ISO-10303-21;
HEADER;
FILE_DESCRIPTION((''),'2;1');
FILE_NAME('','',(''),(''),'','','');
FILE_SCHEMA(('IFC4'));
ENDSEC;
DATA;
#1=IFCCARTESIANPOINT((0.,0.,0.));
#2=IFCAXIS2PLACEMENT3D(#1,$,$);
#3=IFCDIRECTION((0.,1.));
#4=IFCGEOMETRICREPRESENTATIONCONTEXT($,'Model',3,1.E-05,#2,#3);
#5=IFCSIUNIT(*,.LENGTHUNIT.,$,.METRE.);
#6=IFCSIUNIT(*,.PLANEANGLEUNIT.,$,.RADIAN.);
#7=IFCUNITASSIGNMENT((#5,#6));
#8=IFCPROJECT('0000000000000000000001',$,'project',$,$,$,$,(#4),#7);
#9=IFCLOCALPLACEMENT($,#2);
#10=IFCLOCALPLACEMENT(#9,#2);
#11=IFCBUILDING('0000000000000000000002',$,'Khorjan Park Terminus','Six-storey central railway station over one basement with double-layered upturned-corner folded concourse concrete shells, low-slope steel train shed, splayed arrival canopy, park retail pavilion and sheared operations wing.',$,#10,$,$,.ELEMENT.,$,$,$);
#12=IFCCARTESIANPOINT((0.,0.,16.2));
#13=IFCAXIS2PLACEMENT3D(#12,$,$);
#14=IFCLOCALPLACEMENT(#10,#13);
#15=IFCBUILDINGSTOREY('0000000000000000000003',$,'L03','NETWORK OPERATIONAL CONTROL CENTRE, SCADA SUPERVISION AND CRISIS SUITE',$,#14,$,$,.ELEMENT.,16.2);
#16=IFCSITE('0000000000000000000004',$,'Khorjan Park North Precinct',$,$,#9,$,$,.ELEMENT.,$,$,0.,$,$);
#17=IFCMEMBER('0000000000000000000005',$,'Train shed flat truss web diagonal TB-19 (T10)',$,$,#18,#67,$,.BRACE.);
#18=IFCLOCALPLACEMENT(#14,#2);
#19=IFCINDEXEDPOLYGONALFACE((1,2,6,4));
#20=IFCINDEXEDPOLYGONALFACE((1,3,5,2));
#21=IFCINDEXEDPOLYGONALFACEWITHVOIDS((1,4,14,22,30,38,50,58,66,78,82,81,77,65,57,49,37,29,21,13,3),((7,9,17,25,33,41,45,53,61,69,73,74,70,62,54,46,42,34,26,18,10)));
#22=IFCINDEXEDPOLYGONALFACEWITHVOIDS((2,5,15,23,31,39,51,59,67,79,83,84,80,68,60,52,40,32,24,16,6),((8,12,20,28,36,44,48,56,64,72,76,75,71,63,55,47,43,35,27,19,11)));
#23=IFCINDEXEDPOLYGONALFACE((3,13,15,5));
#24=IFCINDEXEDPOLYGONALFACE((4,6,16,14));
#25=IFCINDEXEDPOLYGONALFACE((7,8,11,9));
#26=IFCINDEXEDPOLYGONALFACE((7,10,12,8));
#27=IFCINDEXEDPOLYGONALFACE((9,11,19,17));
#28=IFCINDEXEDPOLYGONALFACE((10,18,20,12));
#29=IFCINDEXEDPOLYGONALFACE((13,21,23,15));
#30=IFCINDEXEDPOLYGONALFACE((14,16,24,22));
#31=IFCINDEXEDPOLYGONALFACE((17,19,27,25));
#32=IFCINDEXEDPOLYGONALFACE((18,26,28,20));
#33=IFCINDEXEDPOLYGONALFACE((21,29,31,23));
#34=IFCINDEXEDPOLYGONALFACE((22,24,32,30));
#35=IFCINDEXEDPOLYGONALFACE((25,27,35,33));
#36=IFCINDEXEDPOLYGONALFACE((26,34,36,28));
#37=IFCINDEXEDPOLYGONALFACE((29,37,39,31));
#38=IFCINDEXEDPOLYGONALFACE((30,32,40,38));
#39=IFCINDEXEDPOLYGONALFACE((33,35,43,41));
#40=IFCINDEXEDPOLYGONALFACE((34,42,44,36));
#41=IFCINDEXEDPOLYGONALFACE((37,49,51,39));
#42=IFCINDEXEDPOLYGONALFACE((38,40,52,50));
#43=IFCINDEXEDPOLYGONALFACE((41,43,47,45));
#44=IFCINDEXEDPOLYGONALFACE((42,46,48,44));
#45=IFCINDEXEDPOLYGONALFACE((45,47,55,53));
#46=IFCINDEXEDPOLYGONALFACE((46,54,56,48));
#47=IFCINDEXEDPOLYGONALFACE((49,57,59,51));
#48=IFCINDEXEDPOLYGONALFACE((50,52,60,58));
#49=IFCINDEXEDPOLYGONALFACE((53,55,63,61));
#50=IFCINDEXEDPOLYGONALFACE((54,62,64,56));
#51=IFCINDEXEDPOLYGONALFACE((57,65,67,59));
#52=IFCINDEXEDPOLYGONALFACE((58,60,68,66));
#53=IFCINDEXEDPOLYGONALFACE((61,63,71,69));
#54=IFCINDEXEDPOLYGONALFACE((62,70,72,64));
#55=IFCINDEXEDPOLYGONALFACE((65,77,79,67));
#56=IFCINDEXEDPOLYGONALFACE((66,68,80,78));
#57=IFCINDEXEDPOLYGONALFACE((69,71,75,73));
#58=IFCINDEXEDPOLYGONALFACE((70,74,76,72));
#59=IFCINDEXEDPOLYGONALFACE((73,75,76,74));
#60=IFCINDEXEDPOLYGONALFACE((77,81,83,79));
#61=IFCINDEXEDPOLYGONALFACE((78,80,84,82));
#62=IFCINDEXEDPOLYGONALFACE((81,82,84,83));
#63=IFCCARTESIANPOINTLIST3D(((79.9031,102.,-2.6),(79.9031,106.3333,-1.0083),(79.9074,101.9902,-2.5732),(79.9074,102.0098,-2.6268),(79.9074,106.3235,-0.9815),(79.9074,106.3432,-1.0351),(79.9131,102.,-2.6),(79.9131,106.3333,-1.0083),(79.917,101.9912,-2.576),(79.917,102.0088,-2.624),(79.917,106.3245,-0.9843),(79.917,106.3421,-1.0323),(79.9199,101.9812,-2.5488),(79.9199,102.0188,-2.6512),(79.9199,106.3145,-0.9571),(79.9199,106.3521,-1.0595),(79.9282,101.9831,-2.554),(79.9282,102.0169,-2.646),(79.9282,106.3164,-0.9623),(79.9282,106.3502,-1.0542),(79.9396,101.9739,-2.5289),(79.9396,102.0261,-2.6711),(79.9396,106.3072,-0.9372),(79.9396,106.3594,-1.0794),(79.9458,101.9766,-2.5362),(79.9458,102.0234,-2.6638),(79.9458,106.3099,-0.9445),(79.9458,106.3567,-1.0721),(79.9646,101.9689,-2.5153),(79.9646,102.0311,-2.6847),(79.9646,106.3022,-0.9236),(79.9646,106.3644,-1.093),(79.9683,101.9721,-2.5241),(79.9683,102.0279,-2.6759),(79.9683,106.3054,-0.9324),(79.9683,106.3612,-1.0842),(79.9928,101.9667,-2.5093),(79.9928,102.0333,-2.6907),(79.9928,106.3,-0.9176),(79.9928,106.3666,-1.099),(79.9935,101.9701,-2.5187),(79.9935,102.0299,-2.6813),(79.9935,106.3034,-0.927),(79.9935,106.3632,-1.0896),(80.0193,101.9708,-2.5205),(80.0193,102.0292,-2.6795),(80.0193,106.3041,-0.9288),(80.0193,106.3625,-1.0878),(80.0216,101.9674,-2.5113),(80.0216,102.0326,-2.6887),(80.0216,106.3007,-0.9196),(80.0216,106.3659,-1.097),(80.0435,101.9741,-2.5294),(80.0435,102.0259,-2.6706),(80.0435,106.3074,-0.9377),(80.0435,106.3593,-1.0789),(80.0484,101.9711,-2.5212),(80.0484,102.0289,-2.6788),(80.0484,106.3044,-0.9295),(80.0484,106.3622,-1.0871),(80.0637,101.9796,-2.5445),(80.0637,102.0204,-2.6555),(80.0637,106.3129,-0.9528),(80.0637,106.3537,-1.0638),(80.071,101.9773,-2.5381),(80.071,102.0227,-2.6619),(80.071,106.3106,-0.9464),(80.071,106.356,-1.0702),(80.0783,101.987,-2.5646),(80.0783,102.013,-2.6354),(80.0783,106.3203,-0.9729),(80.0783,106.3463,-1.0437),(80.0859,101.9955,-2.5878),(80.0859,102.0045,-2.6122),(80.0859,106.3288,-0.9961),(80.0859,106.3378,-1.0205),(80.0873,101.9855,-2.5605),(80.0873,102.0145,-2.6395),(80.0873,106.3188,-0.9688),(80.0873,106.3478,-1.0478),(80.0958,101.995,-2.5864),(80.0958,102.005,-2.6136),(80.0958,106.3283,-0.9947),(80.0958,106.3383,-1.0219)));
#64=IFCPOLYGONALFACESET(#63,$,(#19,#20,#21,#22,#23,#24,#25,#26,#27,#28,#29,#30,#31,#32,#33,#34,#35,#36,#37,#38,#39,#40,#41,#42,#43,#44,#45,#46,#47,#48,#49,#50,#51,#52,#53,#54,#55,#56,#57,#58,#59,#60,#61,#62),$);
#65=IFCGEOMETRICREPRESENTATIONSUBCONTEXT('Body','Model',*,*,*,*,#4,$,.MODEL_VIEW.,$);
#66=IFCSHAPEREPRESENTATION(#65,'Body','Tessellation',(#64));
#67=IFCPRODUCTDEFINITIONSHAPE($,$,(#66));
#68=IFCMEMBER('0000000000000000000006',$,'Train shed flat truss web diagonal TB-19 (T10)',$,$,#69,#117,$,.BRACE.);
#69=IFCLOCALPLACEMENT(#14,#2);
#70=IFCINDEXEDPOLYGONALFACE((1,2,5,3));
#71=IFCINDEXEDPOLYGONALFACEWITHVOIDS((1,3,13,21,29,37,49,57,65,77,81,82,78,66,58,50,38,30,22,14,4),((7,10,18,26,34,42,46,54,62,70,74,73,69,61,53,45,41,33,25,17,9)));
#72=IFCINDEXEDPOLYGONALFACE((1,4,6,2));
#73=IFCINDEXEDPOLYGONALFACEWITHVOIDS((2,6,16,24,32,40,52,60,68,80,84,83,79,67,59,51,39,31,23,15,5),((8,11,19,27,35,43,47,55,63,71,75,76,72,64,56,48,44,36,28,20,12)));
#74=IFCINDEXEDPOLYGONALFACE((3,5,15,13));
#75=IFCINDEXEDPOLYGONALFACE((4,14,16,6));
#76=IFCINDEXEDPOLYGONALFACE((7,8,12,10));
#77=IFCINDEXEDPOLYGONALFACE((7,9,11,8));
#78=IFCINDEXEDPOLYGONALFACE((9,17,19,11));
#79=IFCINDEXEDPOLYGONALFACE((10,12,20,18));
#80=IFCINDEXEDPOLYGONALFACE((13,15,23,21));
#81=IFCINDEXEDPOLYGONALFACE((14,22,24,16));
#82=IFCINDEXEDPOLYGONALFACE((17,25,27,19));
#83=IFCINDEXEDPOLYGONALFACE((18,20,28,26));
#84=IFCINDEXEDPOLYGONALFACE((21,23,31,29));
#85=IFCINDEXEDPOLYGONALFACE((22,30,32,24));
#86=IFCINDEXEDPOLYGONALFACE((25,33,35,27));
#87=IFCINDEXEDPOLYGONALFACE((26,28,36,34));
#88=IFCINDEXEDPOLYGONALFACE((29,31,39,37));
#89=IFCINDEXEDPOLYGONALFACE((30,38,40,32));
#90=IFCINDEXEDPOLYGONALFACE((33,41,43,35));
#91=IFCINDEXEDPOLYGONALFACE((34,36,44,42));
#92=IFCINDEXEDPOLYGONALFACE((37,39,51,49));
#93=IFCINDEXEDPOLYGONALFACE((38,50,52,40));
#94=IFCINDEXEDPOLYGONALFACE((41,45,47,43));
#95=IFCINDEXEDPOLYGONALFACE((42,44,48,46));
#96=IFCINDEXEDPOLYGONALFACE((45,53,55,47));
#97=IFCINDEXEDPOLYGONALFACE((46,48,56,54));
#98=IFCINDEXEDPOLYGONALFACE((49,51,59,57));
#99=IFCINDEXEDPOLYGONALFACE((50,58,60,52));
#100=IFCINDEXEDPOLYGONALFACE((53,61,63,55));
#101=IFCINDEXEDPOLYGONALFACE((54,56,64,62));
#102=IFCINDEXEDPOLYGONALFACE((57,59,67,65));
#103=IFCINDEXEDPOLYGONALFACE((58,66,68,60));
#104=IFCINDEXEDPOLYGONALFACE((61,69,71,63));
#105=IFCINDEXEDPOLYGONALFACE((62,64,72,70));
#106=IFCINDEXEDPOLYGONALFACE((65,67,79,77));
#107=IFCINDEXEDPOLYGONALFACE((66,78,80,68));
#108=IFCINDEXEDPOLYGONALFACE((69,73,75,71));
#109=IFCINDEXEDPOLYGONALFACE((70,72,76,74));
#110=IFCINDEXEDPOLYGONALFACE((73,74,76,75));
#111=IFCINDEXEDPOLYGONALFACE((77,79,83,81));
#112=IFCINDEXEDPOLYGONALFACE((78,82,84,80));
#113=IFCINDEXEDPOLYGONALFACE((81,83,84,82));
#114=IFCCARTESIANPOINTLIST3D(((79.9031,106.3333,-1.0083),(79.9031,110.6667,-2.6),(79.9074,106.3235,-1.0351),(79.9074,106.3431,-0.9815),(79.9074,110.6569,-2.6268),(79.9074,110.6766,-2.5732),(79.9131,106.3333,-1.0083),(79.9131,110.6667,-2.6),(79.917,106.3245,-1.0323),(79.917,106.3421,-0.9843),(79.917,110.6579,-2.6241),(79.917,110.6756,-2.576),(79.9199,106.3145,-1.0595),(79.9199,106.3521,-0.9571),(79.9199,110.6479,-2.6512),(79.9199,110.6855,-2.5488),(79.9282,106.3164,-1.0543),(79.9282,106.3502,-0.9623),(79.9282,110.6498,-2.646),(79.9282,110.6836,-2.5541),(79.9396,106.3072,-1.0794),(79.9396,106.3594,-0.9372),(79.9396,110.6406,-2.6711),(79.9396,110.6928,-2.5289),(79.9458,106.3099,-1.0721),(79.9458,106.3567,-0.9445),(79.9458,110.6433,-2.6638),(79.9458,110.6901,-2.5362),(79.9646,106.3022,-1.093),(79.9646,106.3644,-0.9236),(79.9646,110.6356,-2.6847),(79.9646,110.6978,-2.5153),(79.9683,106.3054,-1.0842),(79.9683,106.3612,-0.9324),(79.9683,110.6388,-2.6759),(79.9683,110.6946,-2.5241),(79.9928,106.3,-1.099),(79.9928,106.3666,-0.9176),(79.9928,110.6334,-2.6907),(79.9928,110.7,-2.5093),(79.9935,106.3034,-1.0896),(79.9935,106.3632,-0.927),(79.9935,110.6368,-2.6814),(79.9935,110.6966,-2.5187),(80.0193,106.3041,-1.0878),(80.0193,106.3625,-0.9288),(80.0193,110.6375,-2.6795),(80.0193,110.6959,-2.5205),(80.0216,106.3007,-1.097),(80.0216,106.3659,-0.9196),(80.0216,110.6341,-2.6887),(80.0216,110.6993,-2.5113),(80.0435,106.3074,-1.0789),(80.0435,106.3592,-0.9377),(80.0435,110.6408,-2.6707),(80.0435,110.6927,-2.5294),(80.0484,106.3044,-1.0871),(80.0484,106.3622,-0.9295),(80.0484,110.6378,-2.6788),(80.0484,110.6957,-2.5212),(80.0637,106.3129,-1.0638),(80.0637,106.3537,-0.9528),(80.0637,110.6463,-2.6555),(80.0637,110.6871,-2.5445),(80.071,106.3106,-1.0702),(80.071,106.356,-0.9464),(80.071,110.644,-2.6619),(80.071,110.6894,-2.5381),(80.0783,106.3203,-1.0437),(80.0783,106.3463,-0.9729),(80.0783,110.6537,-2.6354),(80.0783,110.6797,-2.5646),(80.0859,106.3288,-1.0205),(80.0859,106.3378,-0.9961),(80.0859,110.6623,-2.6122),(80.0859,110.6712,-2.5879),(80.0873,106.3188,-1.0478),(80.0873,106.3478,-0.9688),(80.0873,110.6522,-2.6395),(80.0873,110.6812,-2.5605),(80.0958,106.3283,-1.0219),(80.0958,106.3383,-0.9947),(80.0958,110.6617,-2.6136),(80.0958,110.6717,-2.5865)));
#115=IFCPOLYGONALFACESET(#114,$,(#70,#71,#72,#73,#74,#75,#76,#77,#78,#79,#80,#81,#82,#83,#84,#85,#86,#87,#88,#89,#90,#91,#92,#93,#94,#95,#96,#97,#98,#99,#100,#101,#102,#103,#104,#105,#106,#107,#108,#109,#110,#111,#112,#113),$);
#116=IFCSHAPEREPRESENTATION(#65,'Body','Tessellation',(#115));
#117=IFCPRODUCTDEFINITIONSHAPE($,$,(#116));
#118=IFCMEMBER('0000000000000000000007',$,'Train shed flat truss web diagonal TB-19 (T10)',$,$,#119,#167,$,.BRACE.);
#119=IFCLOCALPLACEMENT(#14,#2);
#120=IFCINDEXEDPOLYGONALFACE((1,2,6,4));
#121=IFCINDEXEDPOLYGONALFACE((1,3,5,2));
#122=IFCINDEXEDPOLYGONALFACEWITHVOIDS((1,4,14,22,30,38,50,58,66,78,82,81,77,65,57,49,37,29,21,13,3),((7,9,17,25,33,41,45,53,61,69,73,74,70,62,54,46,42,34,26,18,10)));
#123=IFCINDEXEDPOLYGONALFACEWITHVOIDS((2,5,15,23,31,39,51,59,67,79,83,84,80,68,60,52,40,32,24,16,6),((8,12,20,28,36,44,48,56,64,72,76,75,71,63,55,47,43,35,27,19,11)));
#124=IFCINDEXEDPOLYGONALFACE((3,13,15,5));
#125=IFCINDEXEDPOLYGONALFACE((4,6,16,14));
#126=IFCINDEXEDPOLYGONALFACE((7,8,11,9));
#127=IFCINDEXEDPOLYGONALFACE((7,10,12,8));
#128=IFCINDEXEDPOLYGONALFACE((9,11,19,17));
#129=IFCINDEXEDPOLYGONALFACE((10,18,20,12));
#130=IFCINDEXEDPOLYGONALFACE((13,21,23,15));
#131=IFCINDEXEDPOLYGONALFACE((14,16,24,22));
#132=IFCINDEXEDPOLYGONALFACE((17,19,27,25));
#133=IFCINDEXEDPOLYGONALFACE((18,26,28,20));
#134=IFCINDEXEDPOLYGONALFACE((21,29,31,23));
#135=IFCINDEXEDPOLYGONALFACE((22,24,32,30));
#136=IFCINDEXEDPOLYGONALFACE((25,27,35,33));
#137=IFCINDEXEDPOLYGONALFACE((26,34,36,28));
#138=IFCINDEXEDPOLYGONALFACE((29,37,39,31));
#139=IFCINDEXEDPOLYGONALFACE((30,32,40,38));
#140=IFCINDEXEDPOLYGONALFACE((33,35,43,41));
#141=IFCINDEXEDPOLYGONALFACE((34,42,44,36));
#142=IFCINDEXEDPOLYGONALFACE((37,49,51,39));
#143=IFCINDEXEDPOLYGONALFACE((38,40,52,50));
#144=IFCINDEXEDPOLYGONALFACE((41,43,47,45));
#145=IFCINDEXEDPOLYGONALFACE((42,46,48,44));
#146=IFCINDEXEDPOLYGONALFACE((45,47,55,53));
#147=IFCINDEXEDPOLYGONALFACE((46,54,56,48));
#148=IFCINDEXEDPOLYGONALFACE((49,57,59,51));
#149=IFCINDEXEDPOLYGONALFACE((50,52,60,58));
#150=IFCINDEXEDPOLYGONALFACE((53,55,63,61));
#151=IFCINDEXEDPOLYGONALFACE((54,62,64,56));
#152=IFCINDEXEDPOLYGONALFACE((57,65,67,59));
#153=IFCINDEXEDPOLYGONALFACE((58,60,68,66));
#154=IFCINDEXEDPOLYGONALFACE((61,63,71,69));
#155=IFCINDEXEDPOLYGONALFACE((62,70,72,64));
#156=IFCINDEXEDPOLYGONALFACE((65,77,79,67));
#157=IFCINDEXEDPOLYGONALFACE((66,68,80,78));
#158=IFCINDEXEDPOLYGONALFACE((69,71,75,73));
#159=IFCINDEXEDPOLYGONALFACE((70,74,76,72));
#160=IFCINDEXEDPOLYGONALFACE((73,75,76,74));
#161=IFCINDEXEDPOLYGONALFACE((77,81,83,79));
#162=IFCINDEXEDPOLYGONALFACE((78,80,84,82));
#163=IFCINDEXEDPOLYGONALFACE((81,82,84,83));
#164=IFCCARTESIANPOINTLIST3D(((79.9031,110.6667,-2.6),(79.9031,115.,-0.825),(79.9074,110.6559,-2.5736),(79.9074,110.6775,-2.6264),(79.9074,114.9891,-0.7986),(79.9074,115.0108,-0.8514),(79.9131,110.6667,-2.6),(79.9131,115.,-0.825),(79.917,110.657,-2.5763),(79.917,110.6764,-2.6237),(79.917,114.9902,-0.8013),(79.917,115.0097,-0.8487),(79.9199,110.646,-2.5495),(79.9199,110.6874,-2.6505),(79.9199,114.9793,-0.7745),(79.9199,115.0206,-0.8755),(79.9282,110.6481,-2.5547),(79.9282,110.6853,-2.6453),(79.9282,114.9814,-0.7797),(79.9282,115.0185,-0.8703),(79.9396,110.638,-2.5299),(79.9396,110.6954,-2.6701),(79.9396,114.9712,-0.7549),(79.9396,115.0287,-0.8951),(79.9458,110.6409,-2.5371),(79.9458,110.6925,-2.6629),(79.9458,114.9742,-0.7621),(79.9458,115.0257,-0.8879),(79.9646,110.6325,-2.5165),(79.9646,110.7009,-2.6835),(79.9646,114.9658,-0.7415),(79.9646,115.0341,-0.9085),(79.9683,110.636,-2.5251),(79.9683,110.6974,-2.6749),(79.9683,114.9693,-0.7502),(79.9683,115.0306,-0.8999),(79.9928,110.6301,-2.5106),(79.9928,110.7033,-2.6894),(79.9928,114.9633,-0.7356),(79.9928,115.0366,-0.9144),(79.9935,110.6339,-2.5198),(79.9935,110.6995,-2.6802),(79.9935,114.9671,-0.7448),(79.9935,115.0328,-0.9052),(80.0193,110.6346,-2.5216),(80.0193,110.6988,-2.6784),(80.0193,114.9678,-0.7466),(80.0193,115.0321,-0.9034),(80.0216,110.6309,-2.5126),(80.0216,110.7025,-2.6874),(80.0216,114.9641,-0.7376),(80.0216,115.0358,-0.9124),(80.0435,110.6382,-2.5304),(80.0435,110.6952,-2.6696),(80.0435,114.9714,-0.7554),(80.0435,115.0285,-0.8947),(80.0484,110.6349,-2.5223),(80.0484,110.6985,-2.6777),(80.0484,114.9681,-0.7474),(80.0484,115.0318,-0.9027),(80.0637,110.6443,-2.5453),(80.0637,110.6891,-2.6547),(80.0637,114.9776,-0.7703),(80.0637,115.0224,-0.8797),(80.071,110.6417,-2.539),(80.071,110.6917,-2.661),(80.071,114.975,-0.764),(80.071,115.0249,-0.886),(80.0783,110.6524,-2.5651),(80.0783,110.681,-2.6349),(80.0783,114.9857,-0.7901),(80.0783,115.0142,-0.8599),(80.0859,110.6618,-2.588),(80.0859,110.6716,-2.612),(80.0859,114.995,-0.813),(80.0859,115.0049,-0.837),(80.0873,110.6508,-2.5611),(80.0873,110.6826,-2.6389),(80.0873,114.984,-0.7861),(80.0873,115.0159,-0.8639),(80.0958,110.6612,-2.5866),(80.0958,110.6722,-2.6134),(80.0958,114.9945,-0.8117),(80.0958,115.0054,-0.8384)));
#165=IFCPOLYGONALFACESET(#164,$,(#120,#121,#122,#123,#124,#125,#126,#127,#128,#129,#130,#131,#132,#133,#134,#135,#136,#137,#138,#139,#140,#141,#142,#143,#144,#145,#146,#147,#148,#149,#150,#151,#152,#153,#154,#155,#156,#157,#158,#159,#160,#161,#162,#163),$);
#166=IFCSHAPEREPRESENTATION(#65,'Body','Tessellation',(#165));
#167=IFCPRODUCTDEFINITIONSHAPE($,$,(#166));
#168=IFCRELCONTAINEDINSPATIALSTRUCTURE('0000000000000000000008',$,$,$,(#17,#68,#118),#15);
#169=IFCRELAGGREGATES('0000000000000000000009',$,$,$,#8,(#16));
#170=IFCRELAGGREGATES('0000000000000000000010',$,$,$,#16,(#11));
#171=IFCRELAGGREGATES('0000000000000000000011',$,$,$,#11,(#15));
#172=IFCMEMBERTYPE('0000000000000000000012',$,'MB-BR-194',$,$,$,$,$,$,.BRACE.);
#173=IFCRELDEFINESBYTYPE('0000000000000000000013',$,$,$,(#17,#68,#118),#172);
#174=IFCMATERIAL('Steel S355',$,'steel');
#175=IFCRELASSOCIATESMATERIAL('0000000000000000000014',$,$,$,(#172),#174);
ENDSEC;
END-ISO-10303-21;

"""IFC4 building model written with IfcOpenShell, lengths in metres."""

from ifc_helpers import new_model, si_unit, direction, frame, origin, origin_2d, place, context, subcontext, project, spatial, hollow_circle, extrude, material, material_profile, profile_set, type_object, element, save


model = new_model("IFC4")

# Units and contexts
model_context = context("Model", 3, precision=1e-05, world=origin(), true_north=direction((0.0, 1.0)))
body_context = subcontext(model_context, "Body", "Model", "MODEL_VIEW")
ifc_project = project(units=[si_unit("LENGTHUNIT", "METRE"), si_unit("PLANEANGLEUNIT", "RADIAN")], contexts=[model_context])

# Site, building, storey
site_placement = place(None, origin())
site = spatial("IfcSite", under=ifc_project, at=site_placement, Name="Khorjan Park North Precinct", CompositionType="ELEMENT", RefElevation=0.0)
building_placement = place(site_placement, origin())
building = spatial("IfcBuilding", under=site, at=building_placement, Name="Khorjan Park Terminus", Description="Six-storey central railway station over one basement with double-layered upturned-corner folded concourse concrete shells, low-slope steel train shed, splayed arrival canopy, park retail pavilion and sheared operations wing.", CompositionType="ELEMENT")
storey_placement = place(building_placement, frame((0.0, 0.0, 16.2)))
storey = spatial("IfcBuildingStorey", under=building, at=storey_placement, Name="L03", Description="NETWORK OPERATIONAL CONTROL CENTRE, SCADA SUPERVISION AND CRISIS SUITE", CompositionType="ELEMENT", Elevation=16.2)

# Members
ifc_material = material(Name="Steel S355", Category="steel")
ifc_material_profile_1 = material_profile(ifc_material, hollow_circle(Radius=0.0969, WallThickness=0.01, at=origin_2d()), Name="CHS 193.7x10")
ifc_profile_set_1 = profile_set([ifc_material_profile_1], Name="Steel S355")
member_type_1 = type_object("IfcMemberType", Name="MB-BR-194", PredefinedType="BRACE", material=ifc_profile_set_1)
member_1_placement = place(storey_placement, frame((80.0, 102.0, -2.6), z_axis=(0.0, 0.938678, 0.344794), x_axis=(-1.0, 0.0, 0.0)))
element("IfcMember", 1, at=member_1_placement, inside=storey, type_object=member_type_1, Name="Train shed flat truss web diagonal TB-19 (T10)", PredefinedType="BRACE", context=body_context, shape_type="SweptSolid", body=[
    extrude(hollow_circle(Radius=0.0969, WallThickness=0.01, at=origin_2d()), origin(), (0.0, 0.0, 1.0), 4.6164),
])
member_2_placement = place(storey_placement, frame((80.0, 106.3333, -1.0083), z_axis=(0.0, 0.938681, -0.344787), x_axis=(-1.0, 0.0, 0.0)))
element("IfcMember", 2, at=member_2_placement, inside=storey, type_object=member_type_1, Name="Train shed flat truss web diagonal TB-19 (T10)", PredefinedType="BRACE", context=body_context, shape_type="SweptSolid", body=[
    extrude(hollow_circle(Radius=0.0969, WallThickness=0.01, at=origin_2d()), origin(), (0.0, 0.0, 1.0), 4.6165),
])
member_3_placement = place(storey_placement, frame((80.0, 110.6667, -2.6), z_axis=(0.0, 0.925376, 0.379051), x_axis=(-1.0, 0.0, 0.0)))
element("IfcMember", 3, at=member_3_placement, inside=storey, type_object=member_type_1, Name="Train shed flat truss web diagonal TB-19 (T10)", PredefinedType="BRACE", context=body_context, shape_type="SweptSolid", body=[
    extrude(hollow_circle(Radius=0.0969, WallThickness=0.01, at=origin_2d()), origin(), (0.0, 0.0, 1.0), 4.6827),
])

save(model, "model.ifc")
